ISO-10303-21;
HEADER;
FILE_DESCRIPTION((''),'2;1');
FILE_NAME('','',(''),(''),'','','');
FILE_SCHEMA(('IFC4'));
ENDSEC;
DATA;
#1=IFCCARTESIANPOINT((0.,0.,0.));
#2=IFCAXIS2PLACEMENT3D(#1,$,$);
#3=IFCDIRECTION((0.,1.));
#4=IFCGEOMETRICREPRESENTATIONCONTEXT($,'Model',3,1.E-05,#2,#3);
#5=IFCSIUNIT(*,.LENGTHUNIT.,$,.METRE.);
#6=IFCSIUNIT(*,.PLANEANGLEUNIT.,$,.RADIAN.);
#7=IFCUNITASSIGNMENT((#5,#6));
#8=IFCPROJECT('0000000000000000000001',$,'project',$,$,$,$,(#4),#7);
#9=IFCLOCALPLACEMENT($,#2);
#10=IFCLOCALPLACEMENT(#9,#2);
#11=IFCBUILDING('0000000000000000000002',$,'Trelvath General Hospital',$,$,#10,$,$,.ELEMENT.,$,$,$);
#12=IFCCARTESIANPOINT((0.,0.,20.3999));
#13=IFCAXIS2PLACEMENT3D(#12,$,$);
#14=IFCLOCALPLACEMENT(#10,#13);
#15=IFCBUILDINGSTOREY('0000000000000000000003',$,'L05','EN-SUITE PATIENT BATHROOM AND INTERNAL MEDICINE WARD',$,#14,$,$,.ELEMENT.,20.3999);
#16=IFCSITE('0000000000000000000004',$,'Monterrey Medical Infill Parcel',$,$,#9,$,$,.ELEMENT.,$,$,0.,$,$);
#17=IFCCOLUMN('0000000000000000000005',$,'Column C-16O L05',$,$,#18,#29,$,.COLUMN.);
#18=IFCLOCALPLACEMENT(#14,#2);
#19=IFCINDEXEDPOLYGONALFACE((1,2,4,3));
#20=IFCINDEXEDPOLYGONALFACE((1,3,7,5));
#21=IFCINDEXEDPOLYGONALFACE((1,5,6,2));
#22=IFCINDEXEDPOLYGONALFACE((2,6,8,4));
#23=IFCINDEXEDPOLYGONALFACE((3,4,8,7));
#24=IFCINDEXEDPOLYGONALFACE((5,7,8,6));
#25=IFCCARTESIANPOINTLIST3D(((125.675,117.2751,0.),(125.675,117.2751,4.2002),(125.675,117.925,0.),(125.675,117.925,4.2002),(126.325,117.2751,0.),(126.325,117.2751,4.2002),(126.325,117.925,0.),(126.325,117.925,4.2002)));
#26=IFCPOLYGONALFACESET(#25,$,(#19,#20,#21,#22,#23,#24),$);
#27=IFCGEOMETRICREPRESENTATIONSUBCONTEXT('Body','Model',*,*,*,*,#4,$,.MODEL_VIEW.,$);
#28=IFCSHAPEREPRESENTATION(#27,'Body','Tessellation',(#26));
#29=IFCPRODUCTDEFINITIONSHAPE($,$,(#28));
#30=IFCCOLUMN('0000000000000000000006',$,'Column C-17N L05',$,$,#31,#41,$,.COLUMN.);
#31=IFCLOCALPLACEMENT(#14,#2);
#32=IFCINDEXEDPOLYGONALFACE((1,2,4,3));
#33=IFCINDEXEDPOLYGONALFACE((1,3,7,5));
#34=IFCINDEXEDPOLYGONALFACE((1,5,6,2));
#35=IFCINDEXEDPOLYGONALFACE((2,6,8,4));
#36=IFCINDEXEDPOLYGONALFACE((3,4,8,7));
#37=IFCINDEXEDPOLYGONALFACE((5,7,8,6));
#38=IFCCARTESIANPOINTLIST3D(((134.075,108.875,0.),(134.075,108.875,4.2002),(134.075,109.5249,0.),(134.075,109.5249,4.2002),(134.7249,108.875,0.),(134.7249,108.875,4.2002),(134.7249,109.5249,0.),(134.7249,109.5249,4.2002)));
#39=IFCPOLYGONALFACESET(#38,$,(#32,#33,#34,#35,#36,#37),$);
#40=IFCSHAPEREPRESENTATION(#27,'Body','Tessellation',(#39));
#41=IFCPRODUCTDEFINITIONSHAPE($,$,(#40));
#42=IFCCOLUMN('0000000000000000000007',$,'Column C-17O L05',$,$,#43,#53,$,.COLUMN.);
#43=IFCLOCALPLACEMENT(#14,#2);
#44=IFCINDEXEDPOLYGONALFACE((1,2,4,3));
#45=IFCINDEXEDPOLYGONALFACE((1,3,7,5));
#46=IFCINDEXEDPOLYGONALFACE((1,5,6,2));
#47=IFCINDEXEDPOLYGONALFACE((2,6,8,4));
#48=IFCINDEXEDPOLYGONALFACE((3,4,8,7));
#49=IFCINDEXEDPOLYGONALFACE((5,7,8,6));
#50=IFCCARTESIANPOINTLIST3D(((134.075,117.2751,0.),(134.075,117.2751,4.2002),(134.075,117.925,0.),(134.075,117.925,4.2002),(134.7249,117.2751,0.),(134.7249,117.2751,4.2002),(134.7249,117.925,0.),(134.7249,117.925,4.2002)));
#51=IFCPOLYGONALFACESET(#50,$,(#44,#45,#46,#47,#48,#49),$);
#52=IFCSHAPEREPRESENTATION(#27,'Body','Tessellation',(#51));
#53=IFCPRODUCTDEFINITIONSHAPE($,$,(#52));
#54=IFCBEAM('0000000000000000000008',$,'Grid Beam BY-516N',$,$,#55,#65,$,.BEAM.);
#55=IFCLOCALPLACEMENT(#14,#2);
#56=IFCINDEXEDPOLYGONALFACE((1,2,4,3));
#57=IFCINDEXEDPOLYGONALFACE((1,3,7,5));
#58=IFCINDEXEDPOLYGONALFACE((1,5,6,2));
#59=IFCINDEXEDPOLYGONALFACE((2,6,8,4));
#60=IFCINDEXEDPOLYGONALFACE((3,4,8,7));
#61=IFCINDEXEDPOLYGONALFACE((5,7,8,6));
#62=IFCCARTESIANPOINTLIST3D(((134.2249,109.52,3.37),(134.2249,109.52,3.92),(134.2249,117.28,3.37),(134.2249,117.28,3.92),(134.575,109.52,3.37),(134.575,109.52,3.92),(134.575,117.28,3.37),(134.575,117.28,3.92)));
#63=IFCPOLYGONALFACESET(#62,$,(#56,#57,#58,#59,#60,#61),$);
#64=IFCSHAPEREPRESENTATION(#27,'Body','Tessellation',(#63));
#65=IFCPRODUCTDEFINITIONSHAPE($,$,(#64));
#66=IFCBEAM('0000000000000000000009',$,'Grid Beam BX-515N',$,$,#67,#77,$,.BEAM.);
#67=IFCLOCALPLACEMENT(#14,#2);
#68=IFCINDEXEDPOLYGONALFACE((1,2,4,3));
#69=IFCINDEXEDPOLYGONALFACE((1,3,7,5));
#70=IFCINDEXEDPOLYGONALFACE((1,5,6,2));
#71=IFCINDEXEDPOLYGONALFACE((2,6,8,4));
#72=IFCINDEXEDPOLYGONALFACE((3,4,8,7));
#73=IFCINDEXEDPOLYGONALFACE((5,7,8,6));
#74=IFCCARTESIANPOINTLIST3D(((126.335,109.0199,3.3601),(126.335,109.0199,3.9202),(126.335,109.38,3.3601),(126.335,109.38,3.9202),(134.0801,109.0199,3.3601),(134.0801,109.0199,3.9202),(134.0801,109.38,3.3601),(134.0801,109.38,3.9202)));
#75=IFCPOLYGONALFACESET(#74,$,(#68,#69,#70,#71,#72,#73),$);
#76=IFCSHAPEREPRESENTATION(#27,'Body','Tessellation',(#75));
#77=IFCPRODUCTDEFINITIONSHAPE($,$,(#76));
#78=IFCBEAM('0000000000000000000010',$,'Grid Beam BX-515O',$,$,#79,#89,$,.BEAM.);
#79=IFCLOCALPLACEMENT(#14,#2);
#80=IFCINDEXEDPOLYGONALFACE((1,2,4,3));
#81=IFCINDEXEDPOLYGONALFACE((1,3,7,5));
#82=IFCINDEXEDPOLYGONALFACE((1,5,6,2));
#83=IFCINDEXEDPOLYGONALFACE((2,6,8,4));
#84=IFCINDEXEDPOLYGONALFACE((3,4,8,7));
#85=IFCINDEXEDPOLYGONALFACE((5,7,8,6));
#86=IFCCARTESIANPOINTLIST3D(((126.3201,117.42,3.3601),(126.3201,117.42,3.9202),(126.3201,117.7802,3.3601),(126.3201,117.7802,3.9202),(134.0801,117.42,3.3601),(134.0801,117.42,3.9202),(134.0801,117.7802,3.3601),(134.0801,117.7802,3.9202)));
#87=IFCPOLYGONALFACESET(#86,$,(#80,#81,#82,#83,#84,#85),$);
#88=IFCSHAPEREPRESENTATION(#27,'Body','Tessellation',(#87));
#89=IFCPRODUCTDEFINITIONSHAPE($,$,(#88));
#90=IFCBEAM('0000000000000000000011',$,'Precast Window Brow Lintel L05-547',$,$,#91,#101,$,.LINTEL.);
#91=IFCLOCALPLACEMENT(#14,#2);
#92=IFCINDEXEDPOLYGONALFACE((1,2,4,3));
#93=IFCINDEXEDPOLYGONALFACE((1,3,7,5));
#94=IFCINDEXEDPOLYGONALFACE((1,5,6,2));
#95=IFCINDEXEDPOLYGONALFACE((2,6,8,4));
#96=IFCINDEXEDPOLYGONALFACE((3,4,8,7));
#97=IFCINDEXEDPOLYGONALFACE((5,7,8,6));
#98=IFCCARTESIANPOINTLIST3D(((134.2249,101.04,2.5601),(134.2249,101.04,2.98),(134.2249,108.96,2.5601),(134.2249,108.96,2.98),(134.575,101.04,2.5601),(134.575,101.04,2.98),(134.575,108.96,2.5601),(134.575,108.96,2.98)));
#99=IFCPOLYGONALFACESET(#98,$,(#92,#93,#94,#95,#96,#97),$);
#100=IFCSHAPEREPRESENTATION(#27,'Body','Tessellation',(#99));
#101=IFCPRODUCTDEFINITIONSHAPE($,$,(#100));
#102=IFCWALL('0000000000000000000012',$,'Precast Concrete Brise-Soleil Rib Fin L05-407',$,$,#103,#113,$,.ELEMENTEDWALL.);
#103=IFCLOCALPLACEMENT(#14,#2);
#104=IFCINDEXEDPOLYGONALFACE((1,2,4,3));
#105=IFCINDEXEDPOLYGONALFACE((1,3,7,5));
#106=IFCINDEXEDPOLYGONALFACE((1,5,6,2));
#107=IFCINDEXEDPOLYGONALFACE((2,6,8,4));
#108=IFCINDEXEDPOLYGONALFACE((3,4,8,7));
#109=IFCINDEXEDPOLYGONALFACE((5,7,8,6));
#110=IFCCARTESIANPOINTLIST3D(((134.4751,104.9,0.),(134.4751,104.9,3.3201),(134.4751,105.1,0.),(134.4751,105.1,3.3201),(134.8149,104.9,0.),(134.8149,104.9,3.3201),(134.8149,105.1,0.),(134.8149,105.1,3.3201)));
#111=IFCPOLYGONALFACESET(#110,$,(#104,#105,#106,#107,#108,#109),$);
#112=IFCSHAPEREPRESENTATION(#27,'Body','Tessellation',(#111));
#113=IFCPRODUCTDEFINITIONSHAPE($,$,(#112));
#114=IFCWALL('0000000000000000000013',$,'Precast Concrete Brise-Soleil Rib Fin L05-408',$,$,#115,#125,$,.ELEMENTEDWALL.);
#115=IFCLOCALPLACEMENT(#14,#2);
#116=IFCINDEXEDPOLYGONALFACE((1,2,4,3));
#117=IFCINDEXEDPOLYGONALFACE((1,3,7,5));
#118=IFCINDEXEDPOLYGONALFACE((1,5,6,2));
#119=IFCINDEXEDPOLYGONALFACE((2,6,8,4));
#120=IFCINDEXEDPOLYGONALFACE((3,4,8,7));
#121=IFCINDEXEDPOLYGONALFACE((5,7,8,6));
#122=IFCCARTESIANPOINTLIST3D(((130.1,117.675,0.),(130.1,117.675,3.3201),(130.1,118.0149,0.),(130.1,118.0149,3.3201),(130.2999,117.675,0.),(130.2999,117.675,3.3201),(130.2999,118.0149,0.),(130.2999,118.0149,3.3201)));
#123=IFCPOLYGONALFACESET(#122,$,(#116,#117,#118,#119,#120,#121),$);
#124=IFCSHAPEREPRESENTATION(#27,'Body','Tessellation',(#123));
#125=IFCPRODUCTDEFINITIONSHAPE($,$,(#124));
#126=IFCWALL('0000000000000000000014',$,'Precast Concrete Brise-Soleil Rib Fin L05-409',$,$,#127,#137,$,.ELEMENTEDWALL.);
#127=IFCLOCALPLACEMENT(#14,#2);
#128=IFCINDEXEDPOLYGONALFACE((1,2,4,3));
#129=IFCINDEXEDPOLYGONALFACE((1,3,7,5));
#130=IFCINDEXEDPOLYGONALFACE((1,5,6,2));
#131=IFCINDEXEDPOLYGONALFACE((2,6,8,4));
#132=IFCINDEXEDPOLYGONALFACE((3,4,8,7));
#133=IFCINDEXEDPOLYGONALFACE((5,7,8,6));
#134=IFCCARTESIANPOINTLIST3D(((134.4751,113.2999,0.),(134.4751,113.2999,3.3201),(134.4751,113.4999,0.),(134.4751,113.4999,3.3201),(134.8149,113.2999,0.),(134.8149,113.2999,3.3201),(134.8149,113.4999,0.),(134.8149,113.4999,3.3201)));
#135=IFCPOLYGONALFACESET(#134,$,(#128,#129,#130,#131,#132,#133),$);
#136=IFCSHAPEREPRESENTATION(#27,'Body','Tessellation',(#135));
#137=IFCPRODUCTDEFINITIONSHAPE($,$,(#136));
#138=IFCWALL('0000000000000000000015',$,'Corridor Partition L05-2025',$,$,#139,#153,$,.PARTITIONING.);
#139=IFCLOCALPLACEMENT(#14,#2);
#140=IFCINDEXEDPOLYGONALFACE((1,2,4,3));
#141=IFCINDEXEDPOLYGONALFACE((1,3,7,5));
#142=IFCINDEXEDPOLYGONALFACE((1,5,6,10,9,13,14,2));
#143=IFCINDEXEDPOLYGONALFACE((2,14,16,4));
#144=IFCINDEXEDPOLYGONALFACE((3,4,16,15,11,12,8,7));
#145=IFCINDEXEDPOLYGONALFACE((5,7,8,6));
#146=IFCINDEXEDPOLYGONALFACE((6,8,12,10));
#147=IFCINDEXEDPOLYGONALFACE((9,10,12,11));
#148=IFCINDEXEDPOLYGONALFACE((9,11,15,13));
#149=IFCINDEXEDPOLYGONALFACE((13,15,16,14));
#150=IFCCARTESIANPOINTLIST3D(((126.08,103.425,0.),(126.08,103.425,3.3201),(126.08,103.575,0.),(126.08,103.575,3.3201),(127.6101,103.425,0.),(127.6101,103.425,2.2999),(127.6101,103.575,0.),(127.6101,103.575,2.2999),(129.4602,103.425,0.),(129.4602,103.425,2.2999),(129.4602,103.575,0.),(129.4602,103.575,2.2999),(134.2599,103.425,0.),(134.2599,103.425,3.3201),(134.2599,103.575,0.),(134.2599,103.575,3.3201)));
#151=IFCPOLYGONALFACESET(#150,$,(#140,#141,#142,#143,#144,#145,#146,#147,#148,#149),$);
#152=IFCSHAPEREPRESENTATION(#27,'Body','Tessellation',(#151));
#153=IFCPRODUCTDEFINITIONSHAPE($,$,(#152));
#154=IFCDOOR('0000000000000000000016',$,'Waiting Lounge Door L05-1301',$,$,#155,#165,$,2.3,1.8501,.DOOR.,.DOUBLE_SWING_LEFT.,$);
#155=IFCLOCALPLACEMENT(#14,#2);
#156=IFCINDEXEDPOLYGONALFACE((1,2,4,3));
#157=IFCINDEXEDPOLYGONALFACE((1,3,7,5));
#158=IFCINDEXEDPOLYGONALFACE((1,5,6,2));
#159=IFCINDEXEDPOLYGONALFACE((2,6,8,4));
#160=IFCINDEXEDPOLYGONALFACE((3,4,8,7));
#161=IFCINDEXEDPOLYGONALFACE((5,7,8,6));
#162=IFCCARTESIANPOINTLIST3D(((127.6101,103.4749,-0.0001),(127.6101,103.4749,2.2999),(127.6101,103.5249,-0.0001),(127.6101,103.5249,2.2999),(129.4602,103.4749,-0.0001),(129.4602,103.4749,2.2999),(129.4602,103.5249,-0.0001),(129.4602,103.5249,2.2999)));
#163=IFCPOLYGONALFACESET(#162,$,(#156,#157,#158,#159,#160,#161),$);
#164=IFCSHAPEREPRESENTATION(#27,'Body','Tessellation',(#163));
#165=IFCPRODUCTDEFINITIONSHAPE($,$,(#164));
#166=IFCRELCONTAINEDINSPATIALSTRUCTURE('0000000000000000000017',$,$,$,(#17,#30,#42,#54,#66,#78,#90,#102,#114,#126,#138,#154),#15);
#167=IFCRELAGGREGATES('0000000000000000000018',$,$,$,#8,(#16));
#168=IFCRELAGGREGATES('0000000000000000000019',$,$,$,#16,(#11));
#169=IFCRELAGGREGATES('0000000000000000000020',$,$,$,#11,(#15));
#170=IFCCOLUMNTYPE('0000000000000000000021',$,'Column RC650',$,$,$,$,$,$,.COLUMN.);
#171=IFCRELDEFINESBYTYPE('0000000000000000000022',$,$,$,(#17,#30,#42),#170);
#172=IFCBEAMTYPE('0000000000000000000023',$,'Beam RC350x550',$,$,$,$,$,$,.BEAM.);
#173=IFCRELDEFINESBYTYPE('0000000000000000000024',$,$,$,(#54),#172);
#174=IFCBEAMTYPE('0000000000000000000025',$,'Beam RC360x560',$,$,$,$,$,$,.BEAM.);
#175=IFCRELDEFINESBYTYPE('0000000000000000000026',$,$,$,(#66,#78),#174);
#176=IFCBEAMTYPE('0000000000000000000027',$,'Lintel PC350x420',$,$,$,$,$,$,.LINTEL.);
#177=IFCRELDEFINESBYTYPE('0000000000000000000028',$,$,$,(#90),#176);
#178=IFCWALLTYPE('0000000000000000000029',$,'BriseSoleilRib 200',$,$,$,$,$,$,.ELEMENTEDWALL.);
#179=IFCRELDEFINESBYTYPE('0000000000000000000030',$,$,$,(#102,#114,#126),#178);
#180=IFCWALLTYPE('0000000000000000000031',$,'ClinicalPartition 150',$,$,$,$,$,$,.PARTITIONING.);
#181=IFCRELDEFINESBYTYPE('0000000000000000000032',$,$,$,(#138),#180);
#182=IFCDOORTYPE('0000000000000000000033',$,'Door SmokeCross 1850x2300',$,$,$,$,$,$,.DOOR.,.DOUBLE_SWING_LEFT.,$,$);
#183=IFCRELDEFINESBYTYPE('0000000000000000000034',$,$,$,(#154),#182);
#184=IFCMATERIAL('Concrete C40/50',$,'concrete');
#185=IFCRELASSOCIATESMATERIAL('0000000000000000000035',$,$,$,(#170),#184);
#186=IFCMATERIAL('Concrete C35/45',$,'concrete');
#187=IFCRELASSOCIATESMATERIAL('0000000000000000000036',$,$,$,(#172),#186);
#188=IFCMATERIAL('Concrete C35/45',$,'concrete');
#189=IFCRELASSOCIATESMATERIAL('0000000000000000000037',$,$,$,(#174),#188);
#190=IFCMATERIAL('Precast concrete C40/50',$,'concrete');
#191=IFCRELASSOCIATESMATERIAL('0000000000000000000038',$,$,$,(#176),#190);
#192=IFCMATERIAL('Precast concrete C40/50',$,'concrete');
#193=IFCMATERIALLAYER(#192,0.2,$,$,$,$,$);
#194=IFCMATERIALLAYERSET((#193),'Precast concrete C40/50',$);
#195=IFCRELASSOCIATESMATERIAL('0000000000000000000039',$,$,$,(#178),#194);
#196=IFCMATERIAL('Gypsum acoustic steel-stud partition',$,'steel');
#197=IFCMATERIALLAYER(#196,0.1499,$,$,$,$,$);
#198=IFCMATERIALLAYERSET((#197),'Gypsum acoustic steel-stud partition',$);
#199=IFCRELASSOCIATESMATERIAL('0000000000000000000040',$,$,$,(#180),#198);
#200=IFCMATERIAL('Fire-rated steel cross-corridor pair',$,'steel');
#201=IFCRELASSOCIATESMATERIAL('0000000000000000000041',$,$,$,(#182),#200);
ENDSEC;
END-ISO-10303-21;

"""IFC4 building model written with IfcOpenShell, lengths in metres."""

from ifc_helpers import new_model, si_unit, direction, frame, frame_2d, origin, origin_2d, place, context, subcontext, project, spatial, rectangle, extrude, material, layer, layer_set, material_profile, profile_set, type_object, element, fill, save


model = new_model("IFC4")

# Units and contexts
model_context = context("Model", 3, precision=1e-05, world=origin(), true_north=direction((0.0, 1.0)))
body_context = subcontext(model_context, "Body", "Model", "MODEL_VIEW")
ifc_project = project(units=[si_unit("LENGTHUNIT", "METRE"), si_unit("PLANEANGLEUNIT", "RADIAN")], contexts=[model_context])

# Site, building, storey
site_placement = place(None, origin())
site = spatial("IfcSite", under=ifc_project, at=site_placement, Name="Monterrey Medical Infill Parcel", CompositionType="ELEMENT", RefElevation=0.0)
building_placement = place(site_placement, origin())
building = spatial("IfcBuilding", under=site, at=building_placement, Name="Trelvath General Hospital", CompositionType="ELEMENT")
storey_placement = place(building_placement, frame((0.0, 0.0, 20.3999)))
storey = spatial("IfcBuildingStorey", under=building, at=storey_placement, Name="L05", Description="EN-SUITE PATIENT BATHROOM AND INTERNAL MEDICINE WARD", CompositionType="ELEMENT", Elevation=20.3999)

# Columns
ifc_material_1 = material(Name="Concrete C40/50", Category="concrete")
ifc_material_profile_1 = material_profile(ifc_material_1, rectangle(XDim=0.6499, YDim=0.6499, at=origin_2d()), Name="RC650x650")
ifc_profile_set_1 = profile_set([ifc_material_profile_1], Name="Concrete C40/50")
column_type = type_object("IfcColumnType", Name="Column RC650", PredefinedType="COLUMN", material=ifc_profile_set_1)
for number, where, z_axis, x_axis, name in (
    (1, (126.0, 117.6001, 0.0), (0.0, 0.0, 1.0), (1.0, 0.0, 0.0), "Column C-16O L05"),
    (2, (134.3999, 109.2, 0.0), (0.0, 0.0, 1.0), (1.0, 0.0, 0.0), "Column C-17N L05"),
    (3, (134.3999, 117.6001, 0.0), (0.0, 0.0, 1.0), (1.0, 0.0, 0.0), "Column C-17O L05"),
):
    element("IfcColumn", number, at=place(storey_placement, frame(where, z_axis=z_axis, x_axis=x_axis)), inside=storey, type_object=column_type, Name=name, PredefinedType="COLUMN", context=body_context, shape_type="SweptSolid", body=[
        extrude(rectangle(XDim=0.6499, YDim=0.6499, at=origin_2d()), origin(), (0.0, 0.0, 1.0), 4.2002),
    ])

# Beams
ifc_material_2 = material(Name="Concrete C35/45", Category="concrete")
ifc_material_profile_2 = material_profile(ifc_material_2, rectangle(XDim=0.3501, YDim=0.55, at=origin_2d()), Name="RCB350x550")
ifc_profile_set_2 = profile_set([ifc_material_profile_2], Name="Concrete C35/45")
beam_type_1 = type_object("IfcBeamType", Name="Beam RC350x550", PredefinedType="BEAM", material=ifc_profile_set_2)
beam_1_placement = place(storey_placement, frame((134.3999, 109.52, 3.645), z_axis=(0.0, 1.0, 0.0), x_axis=(-1.0, 0.0, 0.0)))
element("IfcBeam", 4, at=beam_1_placement, inside=storey, type_object=beam_type_1, Name="Grid Beam BY-516N", PredefinedType="BEAM", context=body_context, shape_type="SweptSolid", body=[
    extrude(rectangle(XDim=0.3501, YDim=0.55, at=origin_2d()), origin(), (0.0, 0.0, 1.0), 7.76),
])
ifc_material_3 = material(Name="Concrete C35/45", Category="concrete")
ifc_material_profile_3 = material_profile(ifc_material_3, rectangle(XDim=0.3601, YDim=0.5601, at=origin_2d()), Name="RCB360x560")
ifc_profile_set_3 = profile_set([ifc_material_profile_3], Name="Concrete C35/45")
beam_type_2 = type_object("IfcBeamType", Name="Beam RC360x560", PredefinedType="BEAM", material=ifc_profile_set_3)
beam_2_placement = place(storey_placement, frame((126.335, 109.2, 3.6401), z_axis=(1.0, 0.0, 0.0), x_axis=(0.0, 1.0, 0.0)))
element("IfcBeam", 5, at=beam_2_placement, inside=storey, type_object=beam_type_2, Name="Grid Beam BX-515N", PredefinedType="BEAM", context=body_context, shape_type="SweptSolid", body=[
    extrude(rectangle(XDim=0.3601, YDim=0.5601, at=origin_2d()), origin(), (0.0, 0.0, 1.0), 7.7451),
])
beam_3_placement = place(storey_placement, frame((126.3201, 117.6001, 3.6401), z_axis=(1.0, 0.0, 0.0), x_axis=(0.0, 1.0, 0.0)))
element("IfcBeam", 6, at=beam_3_placement, inside=storey, type_object=beam_type_2, Name="Grid Beam BX-515O", PredefinedType="BEAM", context=body_context, shape_type="SweptSolid", body=[
    extrude(rectangle(XDim=0.3601, YDim=0.5601, at=origin_2d()), origin(), (0.0, 0.0, 1.0), 7.76),
])
ifc_material_4 = material(Name="Precast concrete C40/50", Category="concrete")
ifc_material_profile_4 = material_profile(ifc_material_4, rectangle(XDim=0.3501, YDim=0.4199, at=origin_2d()), Name="PCL350x420")
ifc_profile_set_4 = profile_set([ifc_material_profile_4], Name="Precast concrete C40/50")
beam_type_3 = type_object("IfcBeamType", Name="Lintel PC350x420", PredefinedType="LINTEL", material=ifc_profile_set_4)
beam_4_placement = place(storey_placement, frame((134.3999, 108.96, 2.77), z_axis=(0.0, -1.0, 0.0), x_axis=(1.0, 0.0, 0.0)))
element("IfcBeam", 7, at=beam_4_placement, inside=storey, type_object=beam_type_3, Name="Precast Window Brow Lintel L05-547", PredefinedType="LINTEL", context=body_context, shape_type="SweptSolid", body=[
    extrude(rectangle(XDim=0.3501, YDim=0.4199, at=origin_2d()), origin(), (0.0, 0.0, 1.0), 7.9199),
])

# Walls
ifc_material_5 = material(Name="Precast concrete C40/50", Category="concrete")
ifc_layer_1 = layer(ifc_material_5, 0.2)
ifc_layer_set_1 = layer_set([ifc_layer_1], Name="Precast concrete C40/50")
wall_type_1 = type_object("IfcWallType", Name="BriseSoleilRib 200", PredefinedType="ELEMENTEDWALL", material=ifc_layer_set_1)
for number, where, z_axis, x_axis, name in (
    (8, (134.4751, 105.0, 0.0), (0.0, 0.0, 1.0), (1.0, 0.0, 0.0), "Precast Concrete Brise-Soleil Rib Fin L05-407"),
    (9, (130.2, 117.675, 0.0), (0.0, 0.0, 1.0), (0.0, 1.0, 0.0), "Precast Concrete Brise-Soleil Rib Fin L05-408"),
    (10, (134.4751, 113.3999, 0.0), (0.0, 0.0, 1.0), (1.0, 0.0, 0.0), "Precast Concrete Brise-Soleil Rib Fin L05-409"),
):
    element("IfcWall", number, at=place(storey_placement, frame(where, z_axis=z_axis, x_axis=x_axis)), inside=storey, type_object=wall_type_1, Name=name, PredefinedType="ELEMENTEDWALL", context=body_context, shape_type="SweptSolid", body=[
        extrude(rectangle(XDim=0.3398, YDim=0.2, at=frame_2d((0.1699, 0.0))), origin(), (0.0, 0.0, 1.0), 3.3201),
    ])

# Wall, opening, door
ifc_material_6 = material(Name="Gypsum acoustic steel-stud partition", Category="steel")
ifc_layer_2 = layer(ifc_material_6, 0.1499)
ifc_layer_set_2 = layer_set([ifc_layer_2], Name="Gypsum acoustic steel-stud partition")
wall_type_2 = type_object("IfcWallType", Name="ClinicalPartition 150", PredefinedType="PARTITIONING", material=ifc_layer_set_2)
wall_1_placement = place(storey_placement, frame((126.0801, 103.5, 0.0), z_axis=(0.0, 0.0, 1.0), x_axis=(1.0, 0.0, 0.0)))
wall_1 = element("IfcWall", 11, at=wall_1_placement, inside=storey, type_object=wall_type_2, Name="Corridor Partition L05-2025", PredefinedType="PARTITIONING", context=body_context, shape_type="SweptSolid", body=[
    extrude(rectangle(XDim=8.1799, YDim=0.1499, at=frame_2d((4.0898, 0.0))), origin(), (0.0, 0.0, 1.0), 3.3201),
])
opening_1_placement = place(wall_1_placement, frame((1.53, 0.0, 0.0)))
opening_1 = element("IfcOpeningElement", 12, at=opening_1_placement, cuts=wall_1, PredefinedType="OPENING", context=body_context, shape_type="SweptSolid", body=[
    extrude(rectangle(XDim=1.8501, YDim=2.3, at=frame_2d((0.925, 1.1499))), frame((0.0, 0.085, 0.0), z_axis=(0.0, -1.0, 0.0), x_axis=(1.0, 0.0, 0.0)), (0.0, 0.0, 1.0), 0.1699),
])
ifc_material_7 = material(Name="Fire-rated steel cross-corridor pair", Category="steel")
door_type_1 = type_object("IfcDoorType", Name="Door SmokeCross 1850x2300", OperationType="DOUBLE_SWING_LEFT", PredefinedType="DOOR", material=ifc_material_7)
door_1_placement = place(opening_1_placement, origin())
door_1 = element("IfcDoor", 13, at=door_1_placement, inside=storey, type_object=door_type_1, Name="Waiting Lounge Door L05-1301", OperationType="DOUBLE_SWING_LEFT", OverallHeight=2.3, OverallWidth=1.8501, PredefinedType="DOOR", context=body_context, shape_type="SweptSolid", body=[
    extrude(rectangle(XDim=1.8501, YDim=2.3, at=frame_2d((0.925, 1.1499))), frame((0.0, 0.0249, 0.0), z_axis=(0.0, -1.0, 0.0), x_axis=(1.0, 0.0, 0.0)), (0.0, 0.0, 1.0), 0.05),
])
fill(opening_1, door_1)

save(model, "model.ifc")
